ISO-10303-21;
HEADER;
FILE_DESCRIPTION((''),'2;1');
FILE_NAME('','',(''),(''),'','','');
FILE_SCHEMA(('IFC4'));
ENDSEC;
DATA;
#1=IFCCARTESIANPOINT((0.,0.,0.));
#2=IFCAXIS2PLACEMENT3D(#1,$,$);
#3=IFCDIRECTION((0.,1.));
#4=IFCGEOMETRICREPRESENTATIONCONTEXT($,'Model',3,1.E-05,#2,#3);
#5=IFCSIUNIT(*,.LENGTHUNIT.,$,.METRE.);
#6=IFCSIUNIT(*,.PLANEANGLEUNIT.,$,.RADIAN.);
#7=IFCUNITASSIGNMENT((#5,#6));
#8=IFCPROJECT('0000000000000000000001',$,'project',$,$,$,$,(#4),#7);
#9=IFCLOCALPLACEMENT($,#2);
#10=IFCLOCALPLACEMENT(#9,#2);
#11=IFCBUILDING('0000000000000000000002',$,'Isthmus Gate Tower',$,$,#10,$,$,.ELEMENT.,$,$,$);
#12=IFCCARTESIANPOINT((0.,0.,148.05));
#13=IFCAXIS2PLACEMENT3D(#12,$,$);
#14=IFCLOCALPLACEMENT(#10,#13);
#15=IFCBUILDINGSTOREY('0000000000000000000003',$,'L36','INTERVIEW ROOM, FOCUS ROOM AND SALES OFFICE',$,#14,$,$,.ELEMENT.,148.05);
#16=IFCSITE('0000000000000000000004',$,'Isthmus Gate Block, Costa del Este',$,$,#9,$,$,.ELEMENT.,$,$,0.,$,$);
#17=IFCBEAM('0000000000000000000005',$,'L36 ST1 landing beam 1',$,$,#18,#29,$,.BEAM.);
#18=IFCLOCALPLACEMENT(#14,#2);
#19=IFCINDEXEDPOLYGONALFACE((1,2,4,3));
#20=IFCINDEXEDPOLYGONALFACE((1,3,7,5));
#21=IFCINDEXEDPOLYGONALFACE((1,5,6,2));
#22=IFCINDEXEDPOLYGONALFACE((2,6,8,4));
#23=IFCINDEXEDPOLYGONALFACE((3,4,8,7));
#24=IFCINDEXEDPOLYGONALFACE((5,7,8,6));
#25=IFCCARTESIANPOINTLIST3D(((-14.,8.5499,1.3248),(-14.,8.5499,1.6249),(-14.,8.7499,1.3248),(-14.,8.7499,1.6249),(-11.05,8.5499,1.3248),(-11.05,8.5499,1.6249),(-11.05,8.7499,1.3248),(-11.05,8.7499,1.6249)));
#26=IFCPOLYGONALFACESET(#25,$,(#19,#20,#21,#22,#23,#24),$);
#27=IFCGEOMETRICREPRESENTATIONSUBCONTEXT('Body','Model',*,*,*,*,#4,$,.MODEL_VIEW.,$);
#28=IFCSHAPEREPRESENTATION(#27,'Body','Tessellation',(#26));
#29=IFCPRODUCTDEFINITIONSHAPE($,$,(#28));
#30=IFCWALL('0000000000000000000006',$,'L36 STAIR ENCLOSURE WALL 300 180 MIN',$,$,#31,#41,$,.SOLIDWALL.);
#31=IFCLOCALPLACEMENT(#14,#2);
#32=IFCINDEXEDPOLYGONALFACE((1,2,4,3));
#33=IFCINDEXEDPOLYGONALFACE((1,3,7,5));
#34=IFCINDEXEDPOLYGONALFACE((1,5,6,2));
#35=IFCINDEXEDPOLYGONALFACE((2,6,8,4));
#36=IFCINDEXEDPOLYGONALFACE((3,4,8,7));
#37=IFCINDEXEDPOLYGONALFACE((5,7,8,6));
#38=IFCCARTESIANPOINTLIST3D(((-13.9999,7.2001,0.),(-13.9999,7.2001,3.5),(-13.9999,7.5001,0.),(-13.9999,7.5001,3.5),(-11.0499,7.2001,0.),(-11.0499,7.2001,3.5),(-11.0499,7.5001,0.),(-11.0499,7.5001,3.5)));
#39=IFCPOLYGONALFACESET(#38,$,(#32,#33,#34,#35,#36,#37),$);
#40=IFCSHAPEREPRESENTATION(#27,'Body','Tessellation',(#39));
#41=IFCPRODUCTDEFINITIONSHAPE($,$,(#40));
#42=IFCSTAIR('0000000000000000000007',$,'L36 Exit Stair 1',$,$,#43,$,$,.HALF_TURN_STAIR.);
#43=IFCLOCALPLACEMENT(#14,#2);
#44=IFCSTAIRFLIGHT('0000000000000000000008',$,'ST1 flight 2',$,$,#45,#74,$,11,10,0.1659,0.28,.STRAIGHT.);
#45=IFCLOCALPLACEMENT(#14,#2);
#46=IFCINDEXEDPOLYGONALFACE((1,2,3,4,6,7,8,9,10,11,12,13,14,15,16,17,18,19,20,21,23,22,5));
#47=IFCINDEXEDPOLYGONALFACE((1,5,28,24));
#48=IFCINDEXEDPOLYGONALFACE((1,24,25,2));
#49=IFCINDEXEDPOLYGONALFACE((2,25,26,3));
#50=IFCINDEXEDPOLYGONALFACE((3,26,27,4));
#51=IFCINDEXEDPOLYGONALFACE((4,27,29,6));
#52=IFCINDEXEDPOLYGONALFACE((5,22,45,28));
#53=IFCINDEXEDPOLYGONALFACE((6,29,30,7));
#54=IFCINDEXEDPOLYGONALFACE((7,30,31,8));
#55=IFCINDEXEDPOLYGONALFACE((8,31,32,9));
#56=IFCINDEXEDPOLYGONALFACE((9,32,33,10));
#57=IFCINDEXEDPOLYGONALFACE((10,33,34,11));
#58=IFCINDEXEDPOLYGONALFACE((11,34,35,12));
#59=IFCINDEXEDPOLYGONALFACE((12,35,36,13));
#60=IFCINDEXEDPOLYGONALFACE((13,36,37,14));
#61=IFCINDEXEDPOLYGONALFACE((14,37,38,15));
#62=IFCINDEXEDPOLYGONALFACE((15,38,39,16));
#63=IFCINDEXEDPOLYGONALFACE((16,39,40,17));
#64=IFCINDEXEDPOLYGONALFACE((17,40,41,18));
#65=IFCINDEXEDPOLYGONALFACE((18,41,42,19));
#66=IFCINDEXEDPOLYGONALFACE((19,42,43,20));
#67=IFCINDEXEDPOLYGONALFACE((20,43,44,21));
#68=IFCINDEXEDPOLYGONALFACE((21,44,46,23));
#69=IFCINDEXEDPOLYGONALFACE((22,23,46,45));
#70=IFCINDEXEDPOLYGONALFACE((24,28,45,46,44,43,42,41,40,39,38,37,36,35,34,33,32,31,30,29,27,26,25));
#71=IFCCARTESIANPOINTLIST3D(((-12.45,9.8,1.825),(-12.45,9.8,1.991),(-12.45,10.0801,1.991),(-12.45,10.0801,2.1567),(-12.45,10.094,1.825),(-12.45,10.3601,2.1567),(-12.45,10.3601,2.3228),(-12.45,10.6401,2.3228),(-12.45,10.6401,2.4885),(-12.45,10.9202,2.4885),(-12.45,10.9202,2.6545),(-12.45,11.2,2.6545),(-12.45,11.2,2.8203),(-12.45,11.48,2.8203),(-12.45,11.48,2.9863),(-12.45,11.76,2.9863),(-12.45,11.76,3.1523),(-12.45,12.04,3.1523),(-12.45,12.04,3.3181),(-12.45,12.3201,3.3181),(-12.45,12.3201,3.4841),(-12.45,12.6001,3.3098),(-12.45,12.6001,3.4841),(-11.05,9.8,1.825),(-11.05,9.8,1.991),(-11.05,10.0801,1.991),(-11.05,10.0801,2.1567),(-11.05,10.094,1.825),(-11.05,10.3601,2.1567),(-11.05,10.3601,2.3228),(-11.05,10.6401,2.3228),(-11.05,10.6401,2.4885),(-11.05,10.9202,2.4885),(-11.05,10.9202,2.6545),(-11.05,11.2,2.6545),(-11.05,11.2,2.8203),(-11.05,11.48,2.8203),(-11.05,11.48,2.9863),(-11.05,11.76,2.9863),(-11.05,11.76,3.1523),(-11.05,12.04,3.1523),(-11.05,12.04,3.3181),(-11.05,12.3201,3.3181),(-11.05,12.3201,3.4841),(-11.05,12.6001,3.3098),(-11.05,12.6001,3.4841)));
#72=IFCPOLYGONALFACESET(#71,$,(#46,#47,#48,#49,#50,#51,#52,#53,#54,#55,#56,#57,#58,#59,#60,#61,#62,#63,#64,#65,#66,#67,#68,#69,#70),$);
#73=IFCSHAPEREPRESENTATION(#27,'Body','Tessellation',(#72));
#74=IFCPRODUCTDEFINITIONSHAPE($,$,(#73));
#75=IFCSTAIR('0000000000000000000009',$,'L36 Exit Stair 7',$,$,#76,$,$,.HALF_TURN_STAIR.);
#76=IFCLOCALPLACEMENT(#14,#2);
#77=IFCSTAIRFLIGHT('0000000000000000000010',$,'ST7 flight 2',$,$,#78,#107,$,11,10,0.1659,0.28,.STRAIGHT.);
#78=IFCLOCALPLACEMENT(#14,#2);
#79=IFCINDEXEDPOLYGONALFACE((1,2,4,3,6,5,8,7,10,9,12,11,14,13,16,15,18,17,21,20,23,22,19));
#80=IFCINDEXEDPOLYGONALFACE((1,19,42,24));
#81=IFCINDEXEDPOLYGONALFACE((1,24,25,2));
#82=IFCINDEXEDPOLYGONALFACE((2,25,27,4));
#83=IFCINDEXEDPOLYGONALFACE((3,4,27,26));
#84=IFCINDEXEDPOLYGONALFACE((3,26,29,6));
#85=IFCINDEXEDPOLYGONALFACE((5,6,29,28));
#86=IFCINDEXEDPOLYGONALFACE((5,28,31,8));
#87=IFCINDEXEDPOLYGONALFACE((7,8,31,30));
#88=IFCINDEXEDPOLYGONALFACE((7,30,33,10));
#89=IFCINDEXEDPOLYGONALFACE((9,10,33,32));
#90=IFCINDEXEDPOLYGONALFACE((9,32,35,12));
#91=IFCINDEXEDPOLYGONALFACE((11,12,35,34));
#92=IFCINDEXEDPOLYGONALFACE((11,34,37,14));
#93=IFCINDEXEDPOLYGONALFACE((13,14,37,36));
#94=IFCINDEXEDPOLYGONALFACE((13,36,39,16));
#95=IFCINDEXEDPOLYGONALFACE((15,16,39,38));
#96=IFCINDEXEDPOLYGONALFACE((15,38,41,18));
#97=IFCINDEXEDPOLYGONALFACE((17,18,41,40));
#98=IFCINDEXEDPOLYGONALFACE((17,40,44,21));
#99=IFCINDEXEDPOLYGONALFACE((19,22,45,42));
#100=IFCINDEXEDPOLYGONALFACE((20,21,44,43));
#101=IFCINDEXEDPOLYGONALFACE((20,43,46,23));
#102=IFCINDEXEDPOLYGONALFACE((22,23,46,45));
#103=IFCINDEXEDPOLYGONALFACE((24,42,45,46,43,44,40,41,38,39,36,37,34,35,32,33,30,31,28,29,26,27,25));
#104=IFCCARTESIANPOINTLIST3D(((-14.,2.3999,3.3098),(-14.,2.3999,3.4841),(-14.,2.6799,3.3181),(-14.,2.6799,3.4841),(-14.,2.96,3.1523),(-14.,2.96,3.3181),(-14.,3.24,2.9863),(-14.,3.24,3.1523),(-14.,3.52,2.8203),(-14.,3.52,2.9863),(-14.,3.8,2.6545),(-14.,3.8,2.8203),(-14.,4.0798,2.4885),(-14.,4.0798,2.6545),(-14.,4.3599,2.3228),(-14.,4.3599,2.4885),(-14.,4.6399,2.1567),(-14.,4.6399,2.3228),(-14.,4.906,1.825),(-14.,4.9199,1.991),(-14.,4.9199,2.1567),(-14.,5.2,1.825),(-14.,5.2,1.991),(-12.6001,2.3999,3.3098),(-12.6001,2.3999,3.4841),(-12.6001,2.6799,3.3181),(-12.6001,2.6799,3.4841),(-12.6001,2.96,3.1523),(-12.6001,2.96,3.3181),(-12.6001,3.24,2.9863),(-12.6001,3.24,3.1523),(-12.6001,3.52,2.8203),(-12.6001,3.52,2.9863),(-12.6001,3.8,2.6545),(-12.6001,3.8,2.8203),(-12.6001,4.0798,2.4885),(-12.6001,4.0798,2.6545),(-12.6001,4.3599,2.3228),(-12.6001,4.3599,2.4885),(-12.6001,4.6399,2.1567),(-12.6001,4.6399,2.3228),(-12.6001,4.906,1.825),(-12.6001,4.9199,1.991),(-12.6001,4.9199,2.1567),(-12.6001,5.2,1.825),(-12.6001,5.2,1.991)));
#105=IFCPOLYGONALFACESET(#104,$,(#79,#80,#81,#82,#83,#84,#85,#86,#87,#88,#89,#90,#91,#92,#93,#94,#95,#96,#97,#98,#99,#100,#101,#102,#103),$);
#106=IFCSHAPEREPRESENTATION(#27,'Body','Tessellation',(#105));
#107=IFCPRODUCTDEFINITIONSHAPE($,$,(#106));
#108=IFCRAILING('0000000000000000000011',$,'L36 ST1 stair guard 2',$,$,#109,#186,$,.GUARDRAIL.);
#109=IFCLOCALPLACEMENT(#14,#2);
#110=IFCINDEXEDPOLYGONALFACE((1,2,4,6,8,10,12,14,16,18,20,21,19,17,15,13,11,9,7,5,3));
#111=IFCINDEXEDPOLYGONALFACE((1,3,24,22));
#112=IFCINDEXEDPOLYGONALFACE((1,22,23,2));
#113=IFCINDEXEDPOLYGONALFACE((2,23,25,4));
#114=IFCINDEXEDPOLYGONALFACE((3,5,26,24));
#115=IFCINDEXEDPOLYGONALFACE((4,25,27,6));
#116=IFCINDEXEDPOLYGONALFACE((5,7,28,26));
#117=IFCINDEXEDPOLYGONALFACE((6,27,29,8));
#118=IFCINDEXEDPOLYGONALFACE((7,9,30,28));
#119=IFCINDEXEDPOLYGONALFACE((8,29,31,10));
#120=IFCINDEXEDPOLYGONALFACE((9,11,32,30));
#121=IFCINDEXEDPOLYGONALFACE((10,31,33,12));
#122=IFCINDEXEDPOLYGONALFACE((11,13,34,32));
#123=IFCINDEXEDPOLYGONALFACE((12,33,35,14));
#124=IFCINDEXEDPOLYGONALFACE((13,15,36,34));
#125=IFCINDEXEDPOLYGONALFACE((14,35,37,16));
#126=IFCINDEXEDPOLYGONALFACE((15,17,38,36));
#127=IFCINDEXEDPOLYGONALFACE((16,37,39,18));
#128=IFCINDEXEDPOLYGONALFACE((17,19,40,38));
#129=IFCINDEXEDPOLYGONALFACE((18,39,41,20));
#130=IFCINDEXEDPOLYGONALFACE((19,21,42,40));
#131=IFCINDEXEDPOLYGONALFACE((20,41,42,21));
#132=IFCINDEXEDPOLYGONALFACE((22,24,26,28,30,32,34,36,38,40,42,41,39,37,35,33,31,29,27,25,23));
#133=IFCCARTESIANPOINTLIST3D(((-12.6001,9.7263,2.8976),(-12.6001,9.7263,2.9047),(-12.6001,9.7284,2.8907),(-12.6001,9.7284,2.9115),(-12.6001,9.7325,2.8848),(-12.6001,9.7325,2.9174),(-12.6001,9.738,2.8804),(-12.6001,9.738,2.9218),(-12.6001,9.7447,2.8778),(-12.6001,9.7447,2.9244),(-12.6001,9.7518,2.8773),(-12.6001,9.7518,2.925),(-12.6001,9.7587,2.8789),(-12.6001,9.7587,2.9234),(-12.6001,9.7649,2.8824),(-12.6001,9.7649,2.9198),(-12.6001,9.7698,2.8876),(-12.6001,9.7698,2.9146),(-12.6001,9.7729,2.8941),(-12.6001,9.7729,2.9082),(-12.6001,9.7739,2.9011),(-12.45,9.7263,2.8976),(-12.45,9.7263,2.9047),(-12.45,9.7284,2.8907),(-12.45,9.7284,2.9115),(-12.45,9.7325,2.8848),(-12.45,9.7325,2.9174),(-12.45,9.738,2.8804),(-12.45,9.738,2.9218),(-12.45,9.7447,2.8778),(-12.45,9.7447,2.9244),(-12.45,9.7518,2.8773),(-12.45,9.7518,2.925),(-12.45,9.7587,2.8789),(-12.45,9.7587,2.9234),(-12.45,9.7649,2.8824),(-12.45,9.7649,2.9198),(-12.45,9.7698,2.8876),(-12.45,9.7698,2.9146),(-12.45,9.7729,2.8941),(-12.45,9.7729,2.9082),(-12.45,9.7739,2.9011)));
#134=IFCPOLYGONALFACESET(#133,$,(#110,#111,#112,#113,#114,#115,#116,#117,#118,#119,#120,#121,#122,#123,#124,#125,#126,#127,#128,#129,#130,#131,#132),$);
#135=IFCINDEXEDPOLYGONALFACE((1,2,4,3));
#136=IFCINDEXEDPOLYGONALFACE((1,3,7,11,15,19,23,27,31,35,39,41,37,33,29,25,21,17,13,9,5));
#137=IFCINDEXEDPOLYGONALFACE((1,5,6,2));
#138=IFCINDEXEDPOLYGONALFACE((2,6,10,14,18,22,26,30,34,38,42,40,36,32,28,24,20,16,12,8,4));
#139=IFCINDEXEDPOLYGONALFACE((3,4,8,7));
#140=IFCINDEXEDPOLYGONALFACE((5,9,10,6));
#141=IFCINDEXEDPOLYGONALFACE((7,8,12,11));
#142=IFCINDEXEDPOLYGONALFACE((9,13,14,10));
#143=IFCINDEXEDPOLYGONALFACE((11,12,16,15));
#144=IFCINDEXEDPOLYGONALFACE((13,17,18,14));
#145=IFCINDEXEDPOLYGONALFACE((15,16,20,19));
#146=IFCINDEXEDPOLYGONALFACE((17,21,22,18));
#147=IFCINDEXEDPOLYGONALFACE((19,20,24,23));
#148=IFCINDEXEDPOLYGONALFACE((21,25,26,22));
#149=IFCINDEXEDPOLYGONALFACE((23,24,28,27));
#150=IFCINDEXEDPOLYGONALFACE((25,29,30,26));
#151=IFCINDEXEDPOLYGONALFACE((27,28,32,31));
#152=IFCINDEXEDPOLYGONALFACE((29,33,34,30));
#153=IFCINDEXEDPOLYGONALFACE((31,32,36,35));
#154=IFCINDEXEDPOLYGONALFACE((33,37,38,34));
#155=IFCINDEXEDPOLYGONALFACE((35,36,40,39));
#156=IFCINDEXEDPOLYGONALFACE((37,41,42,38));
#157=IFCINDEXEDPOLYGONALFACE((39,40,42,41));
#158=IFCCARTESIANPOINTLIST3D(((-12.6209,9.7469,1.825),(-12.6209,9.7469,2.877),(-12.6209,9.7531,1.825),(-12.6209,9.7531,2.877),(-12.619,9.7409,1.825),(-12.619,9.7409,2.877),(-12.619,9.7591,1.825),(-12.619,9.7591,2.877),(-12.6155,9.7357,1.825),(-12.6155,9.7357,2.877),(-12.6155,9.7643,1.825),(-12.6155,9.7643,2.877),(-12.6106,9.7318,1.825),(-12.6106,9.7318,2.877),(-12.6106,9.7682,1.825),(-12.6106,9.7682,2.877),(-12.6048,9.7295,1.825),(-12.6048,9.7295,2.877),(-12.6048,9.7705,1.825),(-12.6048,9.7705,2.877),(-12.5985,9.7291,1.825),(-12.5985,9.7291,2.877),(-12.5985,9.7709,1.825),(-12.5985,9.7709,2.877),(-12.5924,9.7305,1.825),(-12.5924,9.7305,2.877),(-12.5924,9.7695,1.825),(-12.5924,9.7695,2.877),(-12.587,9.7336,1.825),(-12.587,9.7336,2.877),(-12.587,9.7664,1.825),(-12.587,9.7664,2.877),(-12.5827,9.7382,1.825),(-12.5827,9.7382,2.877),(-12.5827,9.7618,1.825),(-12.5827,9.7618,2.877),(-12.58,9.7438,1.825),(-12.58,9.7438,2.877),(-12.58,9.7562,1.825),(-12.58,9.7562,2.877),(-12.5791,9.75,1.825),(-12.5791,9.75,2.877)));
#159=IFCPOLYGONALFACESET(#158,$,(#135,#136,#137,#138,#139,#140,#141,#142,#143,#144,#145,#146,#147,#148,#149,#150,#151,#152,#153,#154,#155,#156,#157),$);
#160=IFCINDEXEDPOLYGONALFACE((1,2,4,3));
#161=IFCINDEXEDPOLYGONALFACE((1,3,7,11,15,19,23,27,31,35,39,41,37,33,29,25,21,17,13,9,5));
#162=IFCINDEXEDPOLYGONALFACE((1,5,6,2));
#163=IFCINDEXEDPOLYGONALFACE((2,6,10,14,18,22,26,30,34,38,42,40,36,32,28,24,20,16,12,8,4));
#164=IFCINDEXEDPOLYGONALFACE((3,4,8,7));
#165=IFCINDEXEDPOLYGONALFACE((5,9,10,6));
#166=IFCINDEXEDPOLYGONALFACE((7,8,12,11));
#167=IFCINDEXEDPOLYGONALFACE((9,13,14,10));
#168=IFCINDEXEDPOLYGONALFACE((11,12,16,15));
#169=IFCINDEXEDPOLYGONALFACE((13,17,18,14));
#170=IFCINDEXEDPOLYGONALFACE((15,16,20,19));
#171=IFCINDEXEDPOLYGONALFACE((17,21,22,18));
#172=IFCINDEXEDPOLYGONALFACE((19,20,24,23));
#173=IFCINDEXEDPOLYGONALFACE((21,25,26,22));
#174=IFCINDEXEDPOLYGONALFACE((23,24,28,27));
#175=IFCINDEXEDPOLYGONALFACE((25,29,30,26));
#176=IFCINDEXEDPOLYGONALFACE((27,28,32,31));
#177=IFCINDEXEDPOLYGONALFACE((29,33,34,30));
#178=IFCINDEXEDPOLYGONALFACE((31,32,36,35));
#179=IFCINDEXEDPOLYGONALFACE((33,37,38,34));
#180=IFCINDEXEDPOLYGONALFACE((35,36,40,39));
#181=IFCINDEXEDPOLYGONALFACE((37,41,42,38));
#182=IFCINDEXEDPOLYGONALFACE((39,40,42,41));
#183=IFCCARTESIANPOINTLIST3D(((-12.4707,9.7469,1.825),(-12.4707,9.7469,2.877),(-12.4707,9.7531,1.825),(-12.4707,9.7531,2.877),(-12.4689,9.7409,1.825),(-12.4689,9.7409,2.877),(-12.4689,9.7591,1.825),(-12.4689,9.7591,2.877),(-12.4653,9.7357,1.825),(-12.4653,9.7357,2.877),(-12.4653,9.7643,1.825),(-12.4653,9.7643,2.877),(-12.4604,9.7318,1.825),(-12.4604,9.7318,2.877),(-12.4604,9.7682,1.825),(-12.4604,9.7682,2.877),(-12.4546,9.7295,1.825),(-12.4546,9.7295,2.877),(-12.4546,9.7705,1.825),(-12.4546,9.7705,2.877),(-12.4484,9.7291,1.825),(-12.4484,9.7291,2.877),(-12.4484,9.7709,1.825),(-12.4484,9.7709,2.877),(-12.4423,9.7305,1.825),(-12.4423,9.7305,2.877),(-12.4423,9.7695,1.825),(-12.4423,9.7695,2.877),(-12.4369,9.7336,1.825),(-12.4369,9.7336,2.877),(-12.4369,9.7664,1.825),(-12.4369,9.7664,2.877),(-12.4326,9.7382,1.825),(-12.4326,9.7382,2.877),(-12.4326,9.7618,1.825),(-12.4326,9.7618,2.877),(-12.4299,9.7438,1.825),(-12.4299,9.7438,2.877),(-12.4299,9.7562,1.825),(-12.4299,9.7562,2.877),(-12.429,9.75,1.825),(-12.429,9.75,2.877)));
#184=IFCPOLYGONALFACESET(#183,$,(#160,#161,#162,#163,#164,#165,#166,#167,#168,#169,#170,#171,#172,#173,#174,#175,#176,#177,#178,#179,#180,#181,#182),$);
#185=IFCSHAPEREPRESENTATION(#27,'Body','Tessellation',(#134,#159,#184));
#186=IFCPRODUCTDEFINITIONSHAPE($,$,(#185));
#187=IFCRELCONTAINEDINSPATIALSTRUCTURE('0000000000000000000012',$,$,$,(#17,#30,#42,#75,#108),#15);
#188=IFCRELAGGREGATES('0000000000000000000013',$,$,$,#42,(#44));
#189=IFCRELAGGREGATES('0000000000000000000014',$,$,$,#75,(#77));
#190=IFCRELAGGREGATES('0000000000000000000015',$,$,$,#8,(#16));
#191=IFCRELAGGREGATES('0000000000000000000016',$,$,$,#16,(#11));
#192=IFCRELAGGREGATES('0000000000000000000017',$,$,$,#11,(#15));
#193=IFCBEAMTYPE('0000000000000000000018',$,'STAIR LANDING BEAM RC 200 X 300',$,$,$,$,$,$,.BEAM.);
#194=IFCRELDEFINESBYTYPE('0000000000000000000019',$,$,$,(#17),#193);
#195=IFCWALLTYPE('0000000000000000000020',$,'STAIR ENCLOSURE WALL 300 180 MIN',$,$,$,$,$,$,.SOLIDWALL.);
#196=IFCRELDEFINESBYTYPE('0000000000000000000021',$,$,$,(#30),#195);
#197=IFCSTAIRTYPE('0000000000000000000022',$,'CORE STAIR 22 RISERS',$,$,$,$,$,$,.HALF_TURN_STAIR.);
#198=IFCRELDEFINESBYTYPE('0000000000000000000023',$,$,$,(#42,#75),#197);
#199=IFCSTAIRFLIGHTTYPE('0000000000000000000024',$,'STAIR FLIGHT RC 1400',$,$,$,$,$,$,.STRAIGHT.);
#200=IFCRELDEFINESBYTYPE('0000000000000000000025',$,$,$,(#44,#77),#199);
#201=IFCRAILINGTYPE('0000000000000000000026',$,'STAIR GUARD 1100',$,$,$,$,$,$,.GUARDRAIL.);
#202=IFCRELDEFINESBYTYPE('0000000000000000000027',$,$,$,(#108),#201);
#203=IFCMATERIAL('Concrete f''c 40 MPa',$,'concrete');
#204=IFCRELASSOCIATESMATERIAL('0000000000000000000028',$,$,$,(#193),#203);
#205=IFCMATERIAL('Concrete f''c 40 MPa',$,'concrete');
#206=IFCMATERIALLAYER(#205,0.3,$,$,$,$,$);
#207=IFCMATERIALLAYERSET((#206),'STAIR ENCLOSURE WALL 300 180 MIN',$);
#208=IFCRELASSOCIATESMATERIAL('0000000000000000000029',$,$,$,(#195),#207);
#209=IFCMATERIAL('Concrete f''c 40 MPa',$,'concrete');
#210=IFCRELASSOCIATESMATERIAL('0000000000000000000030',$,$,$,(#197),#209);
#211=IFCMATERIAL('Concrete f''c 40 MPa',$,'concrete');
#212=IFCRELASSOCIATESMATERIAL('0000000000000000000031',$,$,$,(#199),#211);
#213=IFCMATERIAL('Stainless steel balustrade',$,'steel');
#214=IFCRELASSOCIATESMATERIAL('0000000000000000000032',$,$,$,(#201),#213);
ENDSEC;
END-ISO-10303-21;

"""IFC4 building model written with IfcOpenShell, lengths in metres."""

from ifc_helpers import new_model, si_unit, direction, frame, frame_2d, origin, origin_2d, place, context, subcontext, project, spatial, polyline, rectangle, circle, outline, extrude, material, layer, layer_set, material_profile, profile_set, type_object, element, aggregate, save


model = new_model("IFC4")

# Units and contexts
model_context = context("Model", 3, precision=1e-05, world=origin(), true_north=direction((0.0, 1.0)))
body_context = subcontext(model_context, "Body", "Model", "MODEL_VIEW")
ifc_project = project(units=[si_unit("LENGTHUNIT", "METRE"), si_unit("PLANEANGLEUNIT", "RADIAN")], contexts=[model_context])

# Site, building, storey
site_placement = place(None, origin())
site = spatial("IfcSite", under=ifc_project, at=site_placement, Name="Isthmus Gate Block, Costa del Este", CompositionType="ELEMENT", RefElevation=0.0)
building_placement = place(site_placement, origin())
building = spatial("IfcBuilding", under=site, at=building_placement, Name="Isthmus Gate Tower", CompositionType="ELEMENT")
storey_placement = place(building_placement, frame((0.0, 0.0, 148.05)))
storey = spatial("IfcBuildingStorey", under=building, at=storey_placement, Name="L36", Description="INTERVIEW ROOM, FOCUS ROOM AND SALES OFFICE", CompositionType="ELEMENT", Elevation=148.05)

# Beam
ifc_material_1 = material(Name="Concrete f'c 40 MPa", Category="concrete")
ifc_material_profile = material_profile(ifc_material_1, rectangle(XDim=0.2, YDim=0.3, at=origin_2d()), Name="STAIR LANDING BEAM RC 200 X 300")
ifc_profile_set = profile_set([ifc_material_profile], Name="Concrete f'c 40 MPa")
beam_type = type_object("IfcBeamType", Name="STAIR LANDING BEAM RC 200 X 300", PredefinedType="BEAM", material=ifc_profile_set)
beam_placement = place(storey_placement, frame((-14.0, 8.6499, 1.4749), z_axis=(1.0, 0.0, 0.0), x_axis=(0.0, 1.0, 0.0)))
element("IfcBeam", 1, at=beam_placement, inside=storey, type_object=beam_type, Name="L36 ST1 landing beam 1", PredefinedType="BEAM", context=body_context, shape_type="SweptSolid", body=[
    extrude(rectangle(XDim=0.2, YDim=0.3, at=origin_2d()), origin(), (0.0, 0.0, 1.0), 2.95),
])

# Wall
ifc_material_2 = material(Name="Concrete f'c 40 MPa", Category="concrete")
ifc_layer = layer(ifc_material_2, 0.3)
ifc_layer_set = layer_set([ifc_layer], Name="STAIR ENCLOSURE WALL 300 180 MIN")
wall_type = type_object("IfcWallType", Name="STAIR ENCLOSURE WALL 300 180 MIN", PredefinedType="SOLIDWALL", material=ifc_layer_set)
wall_placement = place(storey_placement, frame((-14.0, 7.3501, 0.0), z_axis=(0.0, 0.0, 1.0), x_axis=(1.0, 0.0, 0.0)))
element("IfcWall", 2, at=wall_placement, inside=storey, type_object=wall_type, Name="L36 STAIR ENCLOSURE WALL 300 180 MIN", PredefinedType="SOLIDWALL", context=body_context, shape_type="SweptSolid", body=[
    extrude(rectangle(XDim=2.95, YDim=0.3, at=frame_2d((1.4751, 0.0))), origin(), (0.0, 0.0, 1.0), 3.5),
])

# Stairs, stair flights
ifc_material_3 = material(Name="Concrete f'c 40 MPa", Category="concrete")
stair_type = type_object("IfcStairType", Name="CORE STAIR 22 RISERS", PredefinedType="HALF_TURN_STAIR", material=ifc_material_3)
stair_1_placement = place(storey_placement, origin())
stair_1 = element("IfcStair", 3, at=stair_1_placement, inside=storey, type_object=stair_type, Name="L36 Exit Stair 1", PredefinedType="HALF_TURN_STAIR")
ifc_material_4 = material(Name="Concrete f'c 40 MPa", Category="concrete")
stair_flight_type = type_object("IfcStairFlightType", Name="STAIR FLIGHT RC 1400", PredefinedType="STRAIGHT", material=ifc_material_4)
stair_flight_1_placement = place(storey_placement, frame((-11.75, 9.8, 1.825), z_axis=(0.0, 0.0, 1.0), x_axis=(0.0, 1.0, 0.0)))
stair_flight_1 = element("IfcStairFlight", 4, at=stair_flight_1_placement, type_object=stair_flight_type, Name="ST1 flight 2", NumberOfRisers=11, NumberOfTreads=10, PredefinedType="STRAIGHT", RiserHeight=0.1659, TreadLength=0.28, context=body_context, shape_type="SweptSolid", body=[
    extrude(outline(polyline([(0.0, 0.0), (0.0, 0.166), (0.28, 0.166), (0.28, 0.3318), (0.5601, 0.3318), (0.5601, 0.4978), (0.8401, 0.4978), (0.8401, 0.6636), (1.1201, 0.6636), (1.1201, 0.8296), (1.3999, 0.8296), (1.3999, 0.9954), (1.6799, 0.9954), (1.6799, 1.1614), (1.96, 1.1614), (1.96, 1.3274), (2.24, 1.3274), (2.24, 1.4932), (2.52, 1.4932), (2.52, 1.6592), (2.8, 1.6592), (2.8, 1.825), (2.8, 1.4849), (0.2939, 0.0), (0.0, 0.0)])), frame((0.0, 0.7, 0.0), z_axis=(0.0, -1.0, 0.0), x_axis=(1.0, 0.0, 0.0)), (0.0, 0.0, 1.0), 1.3999),
])
aggregate(stair_1, [stair_flight_1])
stair_2_placement = place(storey_placement, origin())
stair_2 = element("IfcStair", 5, at=stair_2_placement, inside=storey, type_object=stair_type, Name="L36 Exit Stair 7", PredefinedType="HALF_TURN_STAIR")
stair_flight_2_placement = place(storey_placement, frame((-13.3, 5.2, 1.825), z_axis=(0.0, 0.0, 1.0), x_axis=(0.0, -1.0, 0.0)))
stair_flight_2 = element("IfcStairFlight", 6, at=stair_flight_2_placement, type_object=stair_flight_type, Name="ST7 flight 2", NumberOfRisers=11, NumberOfTreads=10, PredefinedType="STRAIGHT", RiserHeight=0.1659, TreadLength=0.28, context=body_context, shape_type="SweptSolid", body=[
    extrude(outline(polyline([(0.0, 0.0), (0.0, 0.166), (0.28, 0.166), (0.28, 0.3318), (0.5601, 0.3318), (0.5601, 0.4978), (0.8401, 0.4978), (0.8401, 0.6636), (1.1201, 0.6636), (1.1201, 0.8296), (1.3999, 0.8296), (1.3999, 0.9954), (1.6799, 0.9954), (1.6799, 1.1614), (1.96, 1.1614), (1.96, 1.3274), (2.24, 1.3274), (2.24, 1.4932), (2.52, 1.4932), (2.52, 1.6592), (2.8, 1.6592), (2.8, 1.825), (2.8, 1.4849), (0.2939, 0.0), (0.0, 0.0)])), frame((0.0, 0.7, 0.0), z_axis=(0.0, -1.0, 0.0), x_axis=(1.0, 0.0, 0.0)), (0.0, 0.0, 1.0), 1.3999),
])
aggregate(stair_2, [stair_flight_2])

# Railing
ifc_material_5 = material(Name="Stainless steel balustrade", Category="steel")
railing_type_1 = type_object("IfcRailingType", Name="STAIR GUARD 1100", PredefinedType="GUARDRAIL", material=ifc_material_5)
railing_1_placement = place(storey_placement, frame((-12.6001, 9.75, 1.825)))
element("IfcRailing", 7, at=railing_1_placement, inside=storey, type_object=railing_type_1, Name="L36 ST1 stair guard 2", PredefinedType="GUARDRAIL", context=body_context, shape_type="SweptSolid", body=[
    extrude(circle(Radius=0.0239, at=origin_2d()), frame((0.0, 0.0, 1.0762), z_axis=(1.0, 0.0, 0.0), x_axis=(0.0, 1.0, 0.0)), (0.0, 0.0, 1.0), 0.1501),
    extrude(circle(Radius=0.021, at=origin_2d()), origin(), (0.0, 0.0, 1.0), 1.052),
    extrude(circle(Radius=0.021, at=origin_2d()), frame((0.1501, 0.0, 0.0)), (0.0, 0.0, 1.0), 1.052),
])

save(model, "model.ifc")
